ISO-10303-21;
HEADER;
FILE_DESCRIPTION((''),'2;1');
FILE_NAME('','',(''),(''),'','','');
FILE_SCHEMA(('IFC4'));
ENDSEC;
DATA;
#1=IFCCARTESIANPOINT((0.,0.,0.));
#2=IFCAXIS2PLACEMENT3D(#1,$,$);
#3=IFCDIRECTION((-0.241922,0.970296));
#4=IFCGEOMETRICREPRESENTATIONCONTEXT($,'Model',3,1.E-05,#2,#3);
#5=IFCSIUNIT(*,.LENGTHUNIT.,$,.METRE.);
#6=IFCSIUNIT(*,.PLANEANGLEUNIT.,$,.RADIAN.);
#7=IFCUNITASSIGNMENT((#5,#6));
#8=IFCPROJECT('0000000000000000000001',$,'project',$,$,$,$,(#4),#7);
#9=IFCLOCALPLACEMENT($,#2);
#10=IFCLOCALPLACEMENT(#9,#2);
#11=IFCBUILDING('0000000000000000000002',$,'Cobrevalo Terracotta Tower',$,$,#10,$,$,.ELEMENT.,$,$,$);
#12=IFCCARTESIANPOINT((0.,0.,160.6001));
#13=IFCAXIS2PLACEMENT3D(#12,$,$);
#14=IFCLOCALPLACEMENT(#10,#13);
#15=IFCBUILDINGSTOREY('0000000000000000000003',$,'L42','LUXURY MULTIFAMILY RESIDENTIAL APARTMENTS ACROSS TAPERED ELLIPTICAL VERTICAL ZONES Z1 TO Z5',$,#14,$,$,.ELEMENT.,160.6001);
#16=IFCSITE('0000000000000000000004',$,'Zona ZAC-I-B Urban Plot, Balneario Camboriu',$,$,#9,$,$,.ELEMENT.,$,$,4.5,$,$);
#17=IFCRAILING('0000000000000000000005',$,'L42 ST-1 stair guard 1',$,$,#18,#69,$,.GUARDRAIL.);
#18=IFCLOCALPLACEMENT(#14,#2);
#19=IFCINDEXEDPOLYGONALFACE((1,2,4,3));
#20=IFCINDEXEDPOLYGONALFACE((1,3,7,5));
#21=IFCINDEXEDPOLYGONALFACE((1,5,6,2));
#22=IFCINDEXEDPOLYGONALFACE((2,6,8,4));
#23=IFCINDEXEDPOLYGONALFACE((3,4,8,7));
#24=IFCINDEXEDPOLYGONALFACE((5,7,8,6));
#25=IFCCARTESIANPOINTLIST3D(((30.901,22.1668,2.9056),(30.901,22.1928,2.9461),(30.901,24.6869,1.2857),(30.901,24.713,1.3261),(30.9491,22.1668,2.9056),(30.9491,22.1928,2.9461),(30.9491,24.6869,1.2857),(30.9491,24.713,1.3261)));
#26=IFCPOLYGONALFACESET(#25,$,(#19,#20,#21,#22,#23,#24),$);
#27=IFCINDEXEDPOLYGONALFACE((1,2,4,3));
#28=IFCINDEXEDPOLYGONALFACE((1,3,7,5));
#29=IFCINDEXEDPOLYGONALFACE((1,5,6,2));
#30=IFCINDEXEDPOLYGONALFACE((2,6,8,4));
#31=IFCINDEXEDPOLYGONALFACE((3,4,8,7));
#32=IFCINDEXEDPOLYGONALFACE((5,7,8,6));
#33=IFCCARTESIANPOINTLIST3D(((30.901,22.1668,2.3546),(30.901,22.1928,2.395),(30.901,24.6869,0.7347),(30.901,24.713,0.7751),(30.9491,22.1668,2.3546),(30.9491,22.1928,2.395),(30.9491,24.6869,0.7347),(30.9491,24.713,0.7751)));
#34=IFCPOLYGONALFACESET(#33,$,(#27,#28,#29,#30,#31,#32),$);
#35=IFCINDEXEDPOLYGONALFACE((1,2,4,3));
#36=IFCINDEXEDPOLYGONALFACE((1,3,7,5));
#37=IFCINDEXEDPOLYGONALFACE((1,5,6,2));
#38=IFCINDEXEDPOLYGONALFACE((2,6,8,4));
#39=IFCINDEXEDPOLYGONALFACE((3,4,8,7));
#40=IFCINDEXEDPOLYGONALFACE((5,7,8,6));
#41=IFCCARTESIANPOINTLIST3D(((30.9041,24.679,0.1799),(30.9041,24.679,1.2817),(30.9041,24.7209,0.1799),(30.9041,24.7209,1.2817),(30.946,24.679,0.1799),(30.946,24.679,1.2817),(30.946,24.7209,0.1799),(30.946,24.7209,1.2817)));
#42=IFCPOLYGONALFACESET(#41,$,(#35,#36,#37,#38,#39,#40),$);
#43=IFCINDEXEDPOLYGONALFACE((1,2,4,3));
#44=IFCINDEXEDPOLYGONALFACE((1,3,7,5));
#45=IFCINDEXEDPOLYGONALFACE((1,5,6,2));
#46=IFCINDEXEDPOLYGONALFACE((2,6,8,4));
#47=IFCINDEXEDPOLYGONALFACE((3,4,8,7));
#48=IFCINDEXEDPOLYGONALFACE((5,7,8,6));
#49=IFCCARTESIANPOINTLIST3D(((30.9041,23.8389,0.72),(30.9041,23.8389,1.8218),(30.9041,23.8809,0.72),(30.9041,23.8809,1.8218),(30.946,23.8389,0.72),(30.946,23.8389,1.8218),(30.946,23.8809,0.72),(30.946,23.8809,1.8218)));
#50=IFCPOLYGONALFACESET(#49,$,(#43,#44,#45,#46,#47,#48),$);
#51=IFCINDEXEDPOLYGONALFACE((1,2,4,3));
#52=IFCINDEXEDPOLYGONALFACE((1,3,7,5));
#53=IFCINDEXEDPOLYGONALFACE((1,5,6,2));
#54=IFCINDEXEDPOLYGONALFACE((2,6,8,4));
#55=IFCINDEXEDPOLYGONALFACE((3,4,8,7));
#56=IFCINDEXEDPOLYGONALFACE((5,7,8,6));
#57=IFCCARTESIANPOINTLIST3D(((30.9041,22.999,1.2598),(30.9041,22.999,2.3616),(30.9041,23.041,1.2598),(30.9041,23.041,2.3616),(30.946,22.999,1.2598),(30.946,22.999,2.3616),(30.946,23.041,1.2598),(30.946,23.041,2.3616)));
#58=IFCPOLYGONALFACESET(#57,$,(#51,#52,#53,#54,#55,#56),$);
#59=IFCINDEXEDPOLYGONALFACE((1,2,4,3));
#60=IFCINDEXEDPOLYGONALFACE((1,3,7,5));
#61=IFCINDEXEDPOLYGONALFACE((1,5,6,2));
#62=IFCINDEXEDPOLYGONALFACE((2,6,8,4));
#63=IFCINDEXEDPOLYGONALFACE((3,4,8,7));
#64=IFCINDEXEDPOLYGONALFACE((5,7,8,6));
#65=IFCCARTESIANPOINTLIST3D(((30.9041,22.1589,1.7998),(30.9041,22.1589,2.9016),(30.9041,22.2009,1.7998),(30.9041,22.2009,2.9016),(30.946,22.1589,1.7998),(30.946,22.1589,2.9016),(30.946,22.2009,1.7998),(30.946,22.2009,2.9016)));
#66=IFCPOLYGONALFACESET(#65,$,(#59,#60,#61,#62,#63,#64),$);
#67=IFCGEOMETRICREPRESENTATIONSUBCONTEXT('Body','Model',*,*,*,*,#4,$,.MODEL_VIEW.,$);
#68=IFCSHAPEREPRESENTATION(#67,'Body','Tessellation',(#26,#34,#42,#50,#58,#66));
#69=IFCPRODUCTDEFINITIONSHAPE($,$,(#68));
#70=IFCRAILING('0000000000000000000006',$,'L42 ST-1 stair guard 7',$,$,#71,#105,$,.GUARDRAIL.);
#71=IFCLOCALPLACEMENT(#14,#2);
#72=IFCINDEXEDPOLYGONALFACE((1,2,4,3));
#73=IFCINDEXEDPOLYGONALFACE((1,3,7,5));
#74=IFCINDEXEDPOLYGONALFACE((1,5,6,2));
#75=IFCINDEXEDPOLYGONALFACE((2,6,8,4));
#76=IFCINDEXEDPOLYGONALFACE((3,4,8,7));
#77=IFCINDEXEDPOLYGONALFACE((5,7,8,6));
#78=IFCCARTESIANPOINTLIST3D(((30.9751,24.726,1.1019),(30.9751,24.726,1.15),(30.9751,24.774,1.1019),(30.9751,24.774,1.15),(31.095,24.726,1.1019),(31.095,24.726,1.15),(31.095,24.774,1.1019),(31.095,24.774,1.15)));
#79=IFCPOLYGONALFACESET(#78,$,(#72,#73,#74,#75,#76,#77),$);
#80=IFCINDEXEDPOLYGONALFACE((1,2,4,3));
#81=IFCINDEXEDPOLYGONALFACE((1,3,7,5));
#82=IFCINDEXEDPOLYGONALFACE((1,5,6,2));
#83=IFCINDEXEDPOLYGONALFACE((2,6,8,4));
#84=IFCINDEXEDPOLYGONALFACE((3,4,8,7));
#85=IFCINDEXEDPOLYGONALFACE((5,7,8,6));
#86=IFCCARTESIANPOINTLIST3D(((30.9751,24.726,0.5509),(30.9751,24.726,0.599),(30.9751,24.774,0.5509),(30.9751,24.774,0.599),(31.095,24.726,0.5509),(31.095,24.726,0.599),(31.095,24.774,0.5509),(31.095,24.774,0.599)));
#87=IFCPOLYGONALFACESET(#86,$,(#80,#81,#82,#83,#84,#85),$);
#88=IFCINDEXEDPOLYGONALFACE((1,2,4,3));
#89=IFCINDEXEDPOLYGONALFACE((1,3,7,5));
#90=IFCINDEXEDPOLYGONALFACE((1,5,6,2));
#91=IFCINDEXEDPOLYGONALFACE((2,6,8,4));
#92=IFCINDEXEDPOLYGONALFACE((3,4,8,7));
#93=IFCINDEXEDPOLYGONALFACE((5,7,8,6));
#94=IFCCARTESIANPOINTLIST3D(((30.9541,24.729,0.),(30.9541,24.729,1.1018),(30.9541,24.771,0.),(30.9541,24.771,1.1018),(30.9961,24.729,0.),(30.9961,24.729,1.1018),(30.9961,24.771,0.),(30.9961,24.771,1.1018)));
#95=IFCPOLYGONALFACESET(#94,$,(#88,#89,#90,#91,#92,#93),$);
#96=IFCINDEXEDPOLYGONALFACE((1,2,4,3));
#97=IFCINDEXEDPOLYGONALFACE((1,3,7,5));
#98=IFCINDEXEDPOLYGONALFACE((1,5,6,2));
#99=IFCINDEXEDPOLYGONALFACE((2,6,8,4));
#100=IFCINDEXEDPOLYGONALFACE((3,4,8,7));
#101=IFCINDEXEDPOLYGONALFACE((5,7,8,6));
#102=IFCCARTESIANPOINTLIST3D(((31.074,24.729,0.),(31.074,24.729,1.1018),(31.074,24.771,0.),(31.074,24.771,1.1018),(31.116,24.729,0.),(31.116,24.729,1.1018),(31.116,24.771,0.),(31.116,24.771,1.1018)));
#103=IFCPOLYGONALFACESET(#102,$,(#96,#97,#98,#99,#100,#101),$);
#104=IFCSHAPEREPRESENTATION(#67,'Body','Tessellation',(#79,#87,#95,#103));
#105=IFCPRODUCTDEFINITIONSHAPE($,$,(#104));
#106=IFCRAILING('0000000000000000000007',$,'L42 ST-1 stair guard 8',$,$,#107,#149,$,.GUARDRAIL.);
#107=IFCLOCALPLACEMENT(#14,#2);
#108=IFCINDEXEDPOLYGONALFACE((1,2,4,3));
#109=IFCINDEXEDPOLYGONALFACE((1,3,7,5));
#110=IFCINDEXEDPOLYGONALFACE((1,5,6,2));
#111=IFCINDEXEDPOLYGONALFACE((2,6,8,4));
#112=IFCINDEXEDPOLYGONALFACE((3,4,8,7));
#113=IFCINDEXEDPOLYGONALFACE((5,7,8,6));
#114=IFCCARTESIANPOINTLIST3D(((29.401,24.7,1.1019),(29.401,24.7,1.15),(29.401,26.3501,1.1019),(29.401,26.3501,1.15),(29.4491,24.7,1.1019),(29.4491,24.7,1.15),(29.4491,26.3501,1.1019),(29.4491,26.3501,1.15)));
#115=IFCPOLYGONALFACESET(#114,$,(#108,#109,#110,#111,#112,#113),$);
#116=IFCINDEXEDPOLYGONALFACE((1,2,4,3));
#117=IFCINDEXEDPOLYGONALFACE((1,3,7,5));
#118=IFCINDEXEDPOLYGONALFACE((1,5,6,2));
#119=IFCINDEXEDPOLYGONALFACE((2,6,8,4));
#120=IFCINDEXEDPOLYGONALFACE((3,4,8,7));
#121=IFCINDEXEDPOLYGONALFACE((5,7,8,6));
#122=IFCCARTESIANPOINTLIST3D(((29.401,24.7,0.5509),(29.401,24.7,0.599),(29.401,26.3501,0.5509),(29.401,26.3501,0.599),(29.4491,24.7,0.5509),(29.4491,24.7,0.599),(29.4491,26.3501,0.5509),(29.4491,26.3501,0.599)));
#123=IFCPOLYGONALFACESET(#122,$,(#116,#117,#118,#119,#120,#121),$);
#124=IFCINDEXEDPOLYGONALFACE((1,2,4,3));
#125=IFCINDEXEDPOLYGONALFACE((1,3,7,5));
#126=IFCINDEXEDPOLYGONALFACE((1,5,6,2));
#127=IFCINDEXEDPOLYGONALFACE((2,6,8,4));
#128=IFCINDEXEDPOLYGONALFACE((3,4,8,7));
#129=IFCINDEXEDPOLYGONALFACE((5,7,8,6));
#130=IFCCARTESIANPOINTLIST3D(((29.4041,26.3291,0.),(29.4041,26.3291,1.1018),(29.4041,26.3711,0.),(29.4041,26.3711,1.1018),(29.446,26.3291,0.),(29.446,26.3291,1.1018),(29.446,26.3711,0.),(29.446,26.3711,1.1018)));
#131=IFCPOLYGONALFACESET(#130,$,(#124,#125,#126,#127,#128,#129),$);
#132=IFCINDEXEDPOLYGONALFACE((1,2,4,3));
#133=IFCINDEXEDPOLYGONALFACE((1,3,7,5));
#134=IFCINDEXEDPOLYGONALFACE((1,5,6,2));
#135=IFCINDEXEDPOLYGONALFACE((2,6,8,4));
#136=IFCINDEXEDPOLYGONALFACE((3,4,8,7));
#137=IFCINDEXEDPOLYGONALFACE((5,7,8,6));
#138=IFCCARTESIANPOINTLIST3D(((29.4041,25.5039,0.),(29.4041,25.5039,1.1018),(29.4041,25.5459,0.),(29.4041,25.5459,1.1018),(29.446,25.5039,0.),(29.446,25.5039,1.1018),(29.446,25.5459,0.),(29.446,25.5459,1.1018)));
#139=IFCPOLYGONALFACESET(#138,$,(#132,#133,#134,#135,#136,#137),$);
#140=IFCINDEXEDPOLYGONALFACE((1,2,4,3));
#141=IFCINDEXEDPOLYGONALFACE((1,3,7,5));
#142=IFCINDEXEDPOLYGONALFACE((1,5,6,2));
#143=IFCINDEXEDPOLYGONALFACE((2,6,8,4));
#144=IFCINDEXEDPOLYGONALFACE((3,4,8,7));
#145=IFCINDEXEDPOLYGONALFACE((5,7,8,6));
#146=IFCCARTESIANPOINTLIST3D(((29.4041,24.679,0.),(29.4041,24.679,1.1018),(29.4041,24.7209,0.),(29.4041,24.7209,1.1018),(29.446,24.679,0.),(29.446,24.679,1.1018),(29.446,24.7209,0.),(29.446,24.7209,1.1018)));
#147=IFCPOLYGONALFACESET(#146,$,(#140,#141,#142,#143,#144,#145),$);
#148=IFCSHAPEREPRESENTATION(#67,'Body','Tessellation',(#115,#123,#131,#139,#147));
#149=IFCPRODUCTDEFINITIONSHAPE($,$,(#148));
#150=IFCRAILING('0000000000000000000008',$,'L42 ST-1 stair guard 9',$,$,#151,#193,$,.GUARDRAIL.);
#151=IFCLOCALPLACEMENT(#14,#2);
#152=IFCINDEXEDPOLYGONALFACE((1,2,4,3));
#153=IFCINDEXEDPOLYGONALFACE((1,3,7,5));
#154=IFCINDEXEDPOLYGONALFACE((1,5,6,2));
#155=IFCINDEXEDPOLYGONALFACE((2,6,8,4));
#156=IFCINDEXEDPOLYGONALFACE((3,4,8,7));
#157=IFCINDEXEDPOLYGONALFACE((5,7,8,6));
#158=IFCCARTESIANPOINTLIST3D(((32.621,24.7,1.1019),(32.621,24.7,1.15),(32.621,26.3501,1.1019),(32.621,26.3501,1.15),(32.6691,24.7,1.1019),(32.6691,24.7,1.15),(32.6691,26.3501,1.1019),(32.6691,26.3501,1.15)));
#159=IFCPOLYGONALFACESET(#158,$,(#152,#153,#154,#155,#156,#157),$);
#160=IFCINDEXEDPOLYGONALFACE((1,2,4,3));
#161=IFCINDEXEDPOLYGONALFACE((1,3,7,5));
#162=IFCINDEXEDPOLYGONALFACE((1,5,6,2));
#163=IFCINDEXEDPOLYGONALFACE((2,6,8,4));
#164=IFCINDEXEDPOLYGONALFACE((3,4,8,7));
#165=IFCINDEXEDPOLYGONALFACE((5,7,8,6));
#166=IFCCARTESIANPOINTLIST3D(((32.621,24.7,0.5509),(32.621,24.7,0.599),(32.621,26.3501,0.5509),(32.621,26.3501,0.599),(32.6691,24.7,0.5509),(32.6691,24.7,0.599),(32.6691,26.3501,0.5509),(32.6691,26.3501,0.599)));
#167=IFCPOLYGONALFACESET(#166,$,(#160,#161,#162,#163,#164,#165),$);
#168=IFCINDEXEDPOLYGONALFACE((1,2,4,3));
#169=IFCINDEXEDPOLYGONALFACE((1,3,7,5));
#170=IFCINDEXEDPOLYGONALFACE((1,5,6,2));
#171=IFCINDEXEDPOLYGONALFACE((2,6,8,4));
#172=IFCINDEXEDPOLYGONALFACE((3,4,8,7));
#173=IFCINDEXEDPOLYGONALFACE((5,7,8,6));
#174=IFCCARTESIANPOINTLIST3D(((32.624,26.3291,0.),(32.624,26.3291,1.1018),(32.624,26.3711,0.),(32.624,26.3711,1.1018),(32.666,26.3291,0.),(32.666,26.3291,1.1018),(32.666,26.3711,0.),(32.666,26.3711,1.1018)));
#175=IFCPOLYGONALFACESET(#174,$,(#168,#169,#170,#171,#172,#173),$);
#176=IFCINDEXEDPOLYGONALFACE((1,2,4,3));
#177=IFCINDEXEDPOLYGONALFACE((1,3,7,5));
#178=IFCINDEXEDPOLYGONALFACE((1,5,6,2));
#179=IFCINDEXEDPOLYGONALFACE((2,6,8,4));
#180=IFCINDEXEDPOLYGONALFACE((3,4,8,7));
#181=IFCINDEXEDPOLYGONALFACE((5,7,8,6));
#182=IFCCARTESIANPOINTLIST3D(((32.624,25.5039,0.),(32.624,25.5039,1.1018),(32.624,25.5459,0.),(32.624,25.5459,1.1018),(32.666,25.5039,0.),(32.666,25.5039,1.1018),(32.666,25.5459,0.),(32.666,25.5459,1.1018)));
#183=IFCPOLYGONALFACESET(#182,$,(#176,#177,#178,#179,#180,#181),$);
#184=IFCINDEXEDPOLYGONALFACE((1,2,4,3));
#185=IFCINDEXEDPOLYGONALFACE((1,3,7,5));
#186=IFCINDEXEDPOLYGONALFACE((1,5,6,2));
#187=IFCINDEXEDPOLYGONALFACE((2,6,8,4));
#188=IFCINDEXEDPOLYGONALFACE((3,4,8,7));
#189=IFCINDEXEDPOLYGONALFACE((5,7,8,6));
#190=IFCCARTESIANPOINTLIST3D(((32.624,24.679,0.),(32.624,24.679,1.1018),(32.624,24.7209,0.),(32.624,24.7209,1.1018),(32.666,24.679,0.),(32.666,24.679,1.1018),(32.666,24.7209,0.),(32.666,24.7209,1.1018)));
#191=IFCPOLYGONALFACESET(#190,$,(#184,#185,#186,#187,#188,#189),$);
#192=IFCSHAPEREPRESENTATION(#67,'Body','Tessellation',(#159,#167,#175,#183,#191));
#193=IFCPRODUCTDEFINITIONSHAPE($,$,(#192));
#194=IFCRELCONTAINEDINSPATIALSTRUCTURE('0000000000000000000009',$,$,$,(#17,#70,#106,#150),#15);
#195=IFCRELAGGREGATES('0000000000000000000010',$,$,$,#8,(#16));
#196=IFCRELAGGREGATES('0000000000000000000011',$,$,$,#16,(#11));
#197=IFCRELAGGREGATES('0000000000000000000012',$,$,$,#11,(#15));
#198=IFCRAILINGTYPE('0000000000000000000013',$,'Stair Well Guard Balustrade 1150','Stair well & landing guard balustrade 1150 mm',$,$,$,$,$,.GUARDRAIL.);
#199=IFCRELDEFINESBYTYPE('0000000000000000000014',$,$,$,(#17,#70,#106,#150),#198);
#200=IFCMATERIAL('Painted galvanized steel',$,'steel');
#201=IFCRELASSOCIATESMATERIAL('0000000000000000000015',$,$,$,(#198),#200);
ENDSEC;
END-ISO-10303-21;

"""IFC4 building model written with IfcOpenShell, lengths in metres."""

from ifc_helpers import new_model, si_unit, direction, frame, origin, origin_2d, place, context, subcontext, project, spatial, rectangle, extrude, material, type_object, element, save


model = new_model("IFC4")

# Units and contexts
model_context = context("Model", 3, precision=1e-05, world=origin(), true_north=direction((-0.241922, 0.970296)))
body_context = subcontext(model_context, "Body", "Model", "MODEL_VIEW")
ifc_project = project(units=[si_unit("LENGTHUNIT", "METRE"), si_unit("PLANEANGLEUNIT", "RADIAN")], contexts=[model_context])

# Site, building, storey
site_placement = place(None, origin())
site = spatial("IfcSite", under=ifc_project, at=site_placement, Name="Zona ZAC-I-B Urban Plot, Balneario Camboriu", CompositionType="ELEMENT", RefElevation=4.5)
building_placement = place(site_placement, origin())
building = spatial("IfcBuilding", under=site, at=building_placement, Name="Cobrevalo Terracotta Tower", CompositionType="ELEMENT")
storey_placement = place(building_placement, frame((0.0, 0.0, 160.6001)))
storey = spatial("IfcBuildingStorey", under=building, at=storey_placement, Name="L42", Description="LUXURY MULTIFAMILY RESIDENTIAL APARTMENTS ACROSS TAPERED ELLIPTICAL VERTICAL ZONES Z1 TO Z5", CompositionType="ELEMENT", Elevation=160.6001)

# Railings
ifc_material_1 = material(Name="Painted galvanized steel", Category="steel")
railing_type_1 = type_object("IfcRailingType", Name="Stair Well Guard Balustrade 1150", Description="Stair well & landing guard balustrade 1150 mm", PredefinedType="GUARDRAIL", material=ifc_material_1)
railing_1_placement = place(storey_placement, frame((30.925, 24.7, 0.1799)))
element("IfcRailing", 1, at=railing_1_placement, inside=storey, type_object=railing_type_1, Name="L42 ST-1 stair guard 1", PredefinedType="GUARDRAIL", context=body_context, shape_type="SweptSolid", body=[
    extrude(rectangle(XDim=0.0481, YDim=0.0481, at=origin_2d()), frame((0.0, 0.0, 1.126), z_axis=(0.0, -0.8412, 0.540725), x_axis=(1.0, 0.0, 0.0)), (0.0, 0.0, 1.0), 2.9958),
    extrude(rectangle(XDim=0.0481, YDim=0.0481, at=origin_2d()), frame((0.0, 0.0, 0.575), z_axis=(0.0, -0.8412, 0.540725), x_axis=(1.0, 0.0, 0.0)), (0.0, 0.0, 1.0), 2.9958),
    extrude(rectangle(XDim=0.042, YDim=0.042, at=origin_2d()), origin(), (0.0, 0.0, 1.0), 1.1018),
    extrude(rectangle(XDim=0.042, YDim=0.042, at=origin_2d()), frame((0.0, -0.8401, 0.54)), (0.0, 0.0, 1.0), 1.1018),
    extrude(rectangle(XDim=0.042, YDim=0.042, at=origin_2d()), frame((0.0, -1.6799, 1.0798)), (0.0, 0.0, 1.0), 1.1018),
    extrude(rectangle(XDim=0.042, YDim=0.042, at=origin_2d()), frame((0.0, -2.52, 1.6199)), (0.0, 0.0, 1.0), 1.1018),
])
railing_2_placement = place(storey_placement, frame((30.9751, 24.75, 0.0)))
element("IfcRailing", 2, at=railing_2_placement, inside=storey, type_object=railing_type_1, Name="L42 ST-1 stair guard 7", PredefinedType="GUARDRAIL", context=body_context, shape_type="SweptSolid", body=[
    extrude(rectangle(XDim=0.0481, YDim=0.0481, at=origin_2d()), frame((0.0, 0.0, 1.126), z_axis=(1.0, 0.0, 0.0), x_axis=(0.0, 1.0, 0.0)), (0.0, 0.0, 1.0), 0.1199),
    extrude(rectangle(XDim=0.0481, YDim=0.0481, at=origin_2d()), frame((0.0, 0.0, 0.575), z_axis=(1.0, 0.0, 0.0), x_axis=(0.0, 1.0, 0.0)), (0.0, 0.0, 1.0), 0.1199),
    extrude(rectangle(XDim=0.042, YDim=0.042, at=origin_2d()), origin(), (0.0, 0.0, 1.0), 1.1018),
    extrude(rectangle(XDim=0.042, YDim=0.042, at=origin_2d()), frame((0.1199, 0.0, 0.0)), (0.0, 0.0, 1.0), 1.1018),
])
for number, where, name in (
    (3, (29.425, 26.3501, 0.0), "L42 ST-1 stair guard 8"),
    (4, (32.645, 26.3501, 0.0), "L42 ST-1 stair guard 9"),
):
    element("IfcRailing", number, at=place(storey_placement, frame(where)), inside=storey, type_object=railing_type_1, Name=name, PredefinedType="GUARDRAIL", context=body_context, shape_type="SweptSolid", body=[
        extrude(rectangle(XDim=0.0481, YDim=0.0481, at=origin_2d()), frame((0.0, 0.0, 1.126), z_axis=(0.0, -1.0, 0.0), x_axis=(1.0, 0.0, 0.0)), (0.0, 0.0, 1.0), 1.6501),
        extrude(rectangle(XDim=0.0481, YDim=0.0481, at=origin_2d()), frame((0.0, 0.0, 0.575), z_axis=(0.0, -1.0, 0.0), x_axis=(1.0, 0.0, 0.0)), (0.0, 0.0, 1.0), 1.6501),
        extrude(rectangle(XDim=0.042, YDim=0.042, at=origin_2d()), origin(), (0.0, 0.0, 1.0), 1.1018),
        extrude(rectangle(XDim=0.042, YDim=0.042, at=origin_2d()), frame((0.0, -0.8252, 0.0)), (0.0, 0.0, 1.0), 1.1018),
        extrude(rectangle(XDim=0.042, YDim=0.042, at=origin_2d()), frame((0.0, -1.6501, 0.0)), (0.0, 0.0, 1.0), 1.1018),
    ])

save(model, "model.ifc")
